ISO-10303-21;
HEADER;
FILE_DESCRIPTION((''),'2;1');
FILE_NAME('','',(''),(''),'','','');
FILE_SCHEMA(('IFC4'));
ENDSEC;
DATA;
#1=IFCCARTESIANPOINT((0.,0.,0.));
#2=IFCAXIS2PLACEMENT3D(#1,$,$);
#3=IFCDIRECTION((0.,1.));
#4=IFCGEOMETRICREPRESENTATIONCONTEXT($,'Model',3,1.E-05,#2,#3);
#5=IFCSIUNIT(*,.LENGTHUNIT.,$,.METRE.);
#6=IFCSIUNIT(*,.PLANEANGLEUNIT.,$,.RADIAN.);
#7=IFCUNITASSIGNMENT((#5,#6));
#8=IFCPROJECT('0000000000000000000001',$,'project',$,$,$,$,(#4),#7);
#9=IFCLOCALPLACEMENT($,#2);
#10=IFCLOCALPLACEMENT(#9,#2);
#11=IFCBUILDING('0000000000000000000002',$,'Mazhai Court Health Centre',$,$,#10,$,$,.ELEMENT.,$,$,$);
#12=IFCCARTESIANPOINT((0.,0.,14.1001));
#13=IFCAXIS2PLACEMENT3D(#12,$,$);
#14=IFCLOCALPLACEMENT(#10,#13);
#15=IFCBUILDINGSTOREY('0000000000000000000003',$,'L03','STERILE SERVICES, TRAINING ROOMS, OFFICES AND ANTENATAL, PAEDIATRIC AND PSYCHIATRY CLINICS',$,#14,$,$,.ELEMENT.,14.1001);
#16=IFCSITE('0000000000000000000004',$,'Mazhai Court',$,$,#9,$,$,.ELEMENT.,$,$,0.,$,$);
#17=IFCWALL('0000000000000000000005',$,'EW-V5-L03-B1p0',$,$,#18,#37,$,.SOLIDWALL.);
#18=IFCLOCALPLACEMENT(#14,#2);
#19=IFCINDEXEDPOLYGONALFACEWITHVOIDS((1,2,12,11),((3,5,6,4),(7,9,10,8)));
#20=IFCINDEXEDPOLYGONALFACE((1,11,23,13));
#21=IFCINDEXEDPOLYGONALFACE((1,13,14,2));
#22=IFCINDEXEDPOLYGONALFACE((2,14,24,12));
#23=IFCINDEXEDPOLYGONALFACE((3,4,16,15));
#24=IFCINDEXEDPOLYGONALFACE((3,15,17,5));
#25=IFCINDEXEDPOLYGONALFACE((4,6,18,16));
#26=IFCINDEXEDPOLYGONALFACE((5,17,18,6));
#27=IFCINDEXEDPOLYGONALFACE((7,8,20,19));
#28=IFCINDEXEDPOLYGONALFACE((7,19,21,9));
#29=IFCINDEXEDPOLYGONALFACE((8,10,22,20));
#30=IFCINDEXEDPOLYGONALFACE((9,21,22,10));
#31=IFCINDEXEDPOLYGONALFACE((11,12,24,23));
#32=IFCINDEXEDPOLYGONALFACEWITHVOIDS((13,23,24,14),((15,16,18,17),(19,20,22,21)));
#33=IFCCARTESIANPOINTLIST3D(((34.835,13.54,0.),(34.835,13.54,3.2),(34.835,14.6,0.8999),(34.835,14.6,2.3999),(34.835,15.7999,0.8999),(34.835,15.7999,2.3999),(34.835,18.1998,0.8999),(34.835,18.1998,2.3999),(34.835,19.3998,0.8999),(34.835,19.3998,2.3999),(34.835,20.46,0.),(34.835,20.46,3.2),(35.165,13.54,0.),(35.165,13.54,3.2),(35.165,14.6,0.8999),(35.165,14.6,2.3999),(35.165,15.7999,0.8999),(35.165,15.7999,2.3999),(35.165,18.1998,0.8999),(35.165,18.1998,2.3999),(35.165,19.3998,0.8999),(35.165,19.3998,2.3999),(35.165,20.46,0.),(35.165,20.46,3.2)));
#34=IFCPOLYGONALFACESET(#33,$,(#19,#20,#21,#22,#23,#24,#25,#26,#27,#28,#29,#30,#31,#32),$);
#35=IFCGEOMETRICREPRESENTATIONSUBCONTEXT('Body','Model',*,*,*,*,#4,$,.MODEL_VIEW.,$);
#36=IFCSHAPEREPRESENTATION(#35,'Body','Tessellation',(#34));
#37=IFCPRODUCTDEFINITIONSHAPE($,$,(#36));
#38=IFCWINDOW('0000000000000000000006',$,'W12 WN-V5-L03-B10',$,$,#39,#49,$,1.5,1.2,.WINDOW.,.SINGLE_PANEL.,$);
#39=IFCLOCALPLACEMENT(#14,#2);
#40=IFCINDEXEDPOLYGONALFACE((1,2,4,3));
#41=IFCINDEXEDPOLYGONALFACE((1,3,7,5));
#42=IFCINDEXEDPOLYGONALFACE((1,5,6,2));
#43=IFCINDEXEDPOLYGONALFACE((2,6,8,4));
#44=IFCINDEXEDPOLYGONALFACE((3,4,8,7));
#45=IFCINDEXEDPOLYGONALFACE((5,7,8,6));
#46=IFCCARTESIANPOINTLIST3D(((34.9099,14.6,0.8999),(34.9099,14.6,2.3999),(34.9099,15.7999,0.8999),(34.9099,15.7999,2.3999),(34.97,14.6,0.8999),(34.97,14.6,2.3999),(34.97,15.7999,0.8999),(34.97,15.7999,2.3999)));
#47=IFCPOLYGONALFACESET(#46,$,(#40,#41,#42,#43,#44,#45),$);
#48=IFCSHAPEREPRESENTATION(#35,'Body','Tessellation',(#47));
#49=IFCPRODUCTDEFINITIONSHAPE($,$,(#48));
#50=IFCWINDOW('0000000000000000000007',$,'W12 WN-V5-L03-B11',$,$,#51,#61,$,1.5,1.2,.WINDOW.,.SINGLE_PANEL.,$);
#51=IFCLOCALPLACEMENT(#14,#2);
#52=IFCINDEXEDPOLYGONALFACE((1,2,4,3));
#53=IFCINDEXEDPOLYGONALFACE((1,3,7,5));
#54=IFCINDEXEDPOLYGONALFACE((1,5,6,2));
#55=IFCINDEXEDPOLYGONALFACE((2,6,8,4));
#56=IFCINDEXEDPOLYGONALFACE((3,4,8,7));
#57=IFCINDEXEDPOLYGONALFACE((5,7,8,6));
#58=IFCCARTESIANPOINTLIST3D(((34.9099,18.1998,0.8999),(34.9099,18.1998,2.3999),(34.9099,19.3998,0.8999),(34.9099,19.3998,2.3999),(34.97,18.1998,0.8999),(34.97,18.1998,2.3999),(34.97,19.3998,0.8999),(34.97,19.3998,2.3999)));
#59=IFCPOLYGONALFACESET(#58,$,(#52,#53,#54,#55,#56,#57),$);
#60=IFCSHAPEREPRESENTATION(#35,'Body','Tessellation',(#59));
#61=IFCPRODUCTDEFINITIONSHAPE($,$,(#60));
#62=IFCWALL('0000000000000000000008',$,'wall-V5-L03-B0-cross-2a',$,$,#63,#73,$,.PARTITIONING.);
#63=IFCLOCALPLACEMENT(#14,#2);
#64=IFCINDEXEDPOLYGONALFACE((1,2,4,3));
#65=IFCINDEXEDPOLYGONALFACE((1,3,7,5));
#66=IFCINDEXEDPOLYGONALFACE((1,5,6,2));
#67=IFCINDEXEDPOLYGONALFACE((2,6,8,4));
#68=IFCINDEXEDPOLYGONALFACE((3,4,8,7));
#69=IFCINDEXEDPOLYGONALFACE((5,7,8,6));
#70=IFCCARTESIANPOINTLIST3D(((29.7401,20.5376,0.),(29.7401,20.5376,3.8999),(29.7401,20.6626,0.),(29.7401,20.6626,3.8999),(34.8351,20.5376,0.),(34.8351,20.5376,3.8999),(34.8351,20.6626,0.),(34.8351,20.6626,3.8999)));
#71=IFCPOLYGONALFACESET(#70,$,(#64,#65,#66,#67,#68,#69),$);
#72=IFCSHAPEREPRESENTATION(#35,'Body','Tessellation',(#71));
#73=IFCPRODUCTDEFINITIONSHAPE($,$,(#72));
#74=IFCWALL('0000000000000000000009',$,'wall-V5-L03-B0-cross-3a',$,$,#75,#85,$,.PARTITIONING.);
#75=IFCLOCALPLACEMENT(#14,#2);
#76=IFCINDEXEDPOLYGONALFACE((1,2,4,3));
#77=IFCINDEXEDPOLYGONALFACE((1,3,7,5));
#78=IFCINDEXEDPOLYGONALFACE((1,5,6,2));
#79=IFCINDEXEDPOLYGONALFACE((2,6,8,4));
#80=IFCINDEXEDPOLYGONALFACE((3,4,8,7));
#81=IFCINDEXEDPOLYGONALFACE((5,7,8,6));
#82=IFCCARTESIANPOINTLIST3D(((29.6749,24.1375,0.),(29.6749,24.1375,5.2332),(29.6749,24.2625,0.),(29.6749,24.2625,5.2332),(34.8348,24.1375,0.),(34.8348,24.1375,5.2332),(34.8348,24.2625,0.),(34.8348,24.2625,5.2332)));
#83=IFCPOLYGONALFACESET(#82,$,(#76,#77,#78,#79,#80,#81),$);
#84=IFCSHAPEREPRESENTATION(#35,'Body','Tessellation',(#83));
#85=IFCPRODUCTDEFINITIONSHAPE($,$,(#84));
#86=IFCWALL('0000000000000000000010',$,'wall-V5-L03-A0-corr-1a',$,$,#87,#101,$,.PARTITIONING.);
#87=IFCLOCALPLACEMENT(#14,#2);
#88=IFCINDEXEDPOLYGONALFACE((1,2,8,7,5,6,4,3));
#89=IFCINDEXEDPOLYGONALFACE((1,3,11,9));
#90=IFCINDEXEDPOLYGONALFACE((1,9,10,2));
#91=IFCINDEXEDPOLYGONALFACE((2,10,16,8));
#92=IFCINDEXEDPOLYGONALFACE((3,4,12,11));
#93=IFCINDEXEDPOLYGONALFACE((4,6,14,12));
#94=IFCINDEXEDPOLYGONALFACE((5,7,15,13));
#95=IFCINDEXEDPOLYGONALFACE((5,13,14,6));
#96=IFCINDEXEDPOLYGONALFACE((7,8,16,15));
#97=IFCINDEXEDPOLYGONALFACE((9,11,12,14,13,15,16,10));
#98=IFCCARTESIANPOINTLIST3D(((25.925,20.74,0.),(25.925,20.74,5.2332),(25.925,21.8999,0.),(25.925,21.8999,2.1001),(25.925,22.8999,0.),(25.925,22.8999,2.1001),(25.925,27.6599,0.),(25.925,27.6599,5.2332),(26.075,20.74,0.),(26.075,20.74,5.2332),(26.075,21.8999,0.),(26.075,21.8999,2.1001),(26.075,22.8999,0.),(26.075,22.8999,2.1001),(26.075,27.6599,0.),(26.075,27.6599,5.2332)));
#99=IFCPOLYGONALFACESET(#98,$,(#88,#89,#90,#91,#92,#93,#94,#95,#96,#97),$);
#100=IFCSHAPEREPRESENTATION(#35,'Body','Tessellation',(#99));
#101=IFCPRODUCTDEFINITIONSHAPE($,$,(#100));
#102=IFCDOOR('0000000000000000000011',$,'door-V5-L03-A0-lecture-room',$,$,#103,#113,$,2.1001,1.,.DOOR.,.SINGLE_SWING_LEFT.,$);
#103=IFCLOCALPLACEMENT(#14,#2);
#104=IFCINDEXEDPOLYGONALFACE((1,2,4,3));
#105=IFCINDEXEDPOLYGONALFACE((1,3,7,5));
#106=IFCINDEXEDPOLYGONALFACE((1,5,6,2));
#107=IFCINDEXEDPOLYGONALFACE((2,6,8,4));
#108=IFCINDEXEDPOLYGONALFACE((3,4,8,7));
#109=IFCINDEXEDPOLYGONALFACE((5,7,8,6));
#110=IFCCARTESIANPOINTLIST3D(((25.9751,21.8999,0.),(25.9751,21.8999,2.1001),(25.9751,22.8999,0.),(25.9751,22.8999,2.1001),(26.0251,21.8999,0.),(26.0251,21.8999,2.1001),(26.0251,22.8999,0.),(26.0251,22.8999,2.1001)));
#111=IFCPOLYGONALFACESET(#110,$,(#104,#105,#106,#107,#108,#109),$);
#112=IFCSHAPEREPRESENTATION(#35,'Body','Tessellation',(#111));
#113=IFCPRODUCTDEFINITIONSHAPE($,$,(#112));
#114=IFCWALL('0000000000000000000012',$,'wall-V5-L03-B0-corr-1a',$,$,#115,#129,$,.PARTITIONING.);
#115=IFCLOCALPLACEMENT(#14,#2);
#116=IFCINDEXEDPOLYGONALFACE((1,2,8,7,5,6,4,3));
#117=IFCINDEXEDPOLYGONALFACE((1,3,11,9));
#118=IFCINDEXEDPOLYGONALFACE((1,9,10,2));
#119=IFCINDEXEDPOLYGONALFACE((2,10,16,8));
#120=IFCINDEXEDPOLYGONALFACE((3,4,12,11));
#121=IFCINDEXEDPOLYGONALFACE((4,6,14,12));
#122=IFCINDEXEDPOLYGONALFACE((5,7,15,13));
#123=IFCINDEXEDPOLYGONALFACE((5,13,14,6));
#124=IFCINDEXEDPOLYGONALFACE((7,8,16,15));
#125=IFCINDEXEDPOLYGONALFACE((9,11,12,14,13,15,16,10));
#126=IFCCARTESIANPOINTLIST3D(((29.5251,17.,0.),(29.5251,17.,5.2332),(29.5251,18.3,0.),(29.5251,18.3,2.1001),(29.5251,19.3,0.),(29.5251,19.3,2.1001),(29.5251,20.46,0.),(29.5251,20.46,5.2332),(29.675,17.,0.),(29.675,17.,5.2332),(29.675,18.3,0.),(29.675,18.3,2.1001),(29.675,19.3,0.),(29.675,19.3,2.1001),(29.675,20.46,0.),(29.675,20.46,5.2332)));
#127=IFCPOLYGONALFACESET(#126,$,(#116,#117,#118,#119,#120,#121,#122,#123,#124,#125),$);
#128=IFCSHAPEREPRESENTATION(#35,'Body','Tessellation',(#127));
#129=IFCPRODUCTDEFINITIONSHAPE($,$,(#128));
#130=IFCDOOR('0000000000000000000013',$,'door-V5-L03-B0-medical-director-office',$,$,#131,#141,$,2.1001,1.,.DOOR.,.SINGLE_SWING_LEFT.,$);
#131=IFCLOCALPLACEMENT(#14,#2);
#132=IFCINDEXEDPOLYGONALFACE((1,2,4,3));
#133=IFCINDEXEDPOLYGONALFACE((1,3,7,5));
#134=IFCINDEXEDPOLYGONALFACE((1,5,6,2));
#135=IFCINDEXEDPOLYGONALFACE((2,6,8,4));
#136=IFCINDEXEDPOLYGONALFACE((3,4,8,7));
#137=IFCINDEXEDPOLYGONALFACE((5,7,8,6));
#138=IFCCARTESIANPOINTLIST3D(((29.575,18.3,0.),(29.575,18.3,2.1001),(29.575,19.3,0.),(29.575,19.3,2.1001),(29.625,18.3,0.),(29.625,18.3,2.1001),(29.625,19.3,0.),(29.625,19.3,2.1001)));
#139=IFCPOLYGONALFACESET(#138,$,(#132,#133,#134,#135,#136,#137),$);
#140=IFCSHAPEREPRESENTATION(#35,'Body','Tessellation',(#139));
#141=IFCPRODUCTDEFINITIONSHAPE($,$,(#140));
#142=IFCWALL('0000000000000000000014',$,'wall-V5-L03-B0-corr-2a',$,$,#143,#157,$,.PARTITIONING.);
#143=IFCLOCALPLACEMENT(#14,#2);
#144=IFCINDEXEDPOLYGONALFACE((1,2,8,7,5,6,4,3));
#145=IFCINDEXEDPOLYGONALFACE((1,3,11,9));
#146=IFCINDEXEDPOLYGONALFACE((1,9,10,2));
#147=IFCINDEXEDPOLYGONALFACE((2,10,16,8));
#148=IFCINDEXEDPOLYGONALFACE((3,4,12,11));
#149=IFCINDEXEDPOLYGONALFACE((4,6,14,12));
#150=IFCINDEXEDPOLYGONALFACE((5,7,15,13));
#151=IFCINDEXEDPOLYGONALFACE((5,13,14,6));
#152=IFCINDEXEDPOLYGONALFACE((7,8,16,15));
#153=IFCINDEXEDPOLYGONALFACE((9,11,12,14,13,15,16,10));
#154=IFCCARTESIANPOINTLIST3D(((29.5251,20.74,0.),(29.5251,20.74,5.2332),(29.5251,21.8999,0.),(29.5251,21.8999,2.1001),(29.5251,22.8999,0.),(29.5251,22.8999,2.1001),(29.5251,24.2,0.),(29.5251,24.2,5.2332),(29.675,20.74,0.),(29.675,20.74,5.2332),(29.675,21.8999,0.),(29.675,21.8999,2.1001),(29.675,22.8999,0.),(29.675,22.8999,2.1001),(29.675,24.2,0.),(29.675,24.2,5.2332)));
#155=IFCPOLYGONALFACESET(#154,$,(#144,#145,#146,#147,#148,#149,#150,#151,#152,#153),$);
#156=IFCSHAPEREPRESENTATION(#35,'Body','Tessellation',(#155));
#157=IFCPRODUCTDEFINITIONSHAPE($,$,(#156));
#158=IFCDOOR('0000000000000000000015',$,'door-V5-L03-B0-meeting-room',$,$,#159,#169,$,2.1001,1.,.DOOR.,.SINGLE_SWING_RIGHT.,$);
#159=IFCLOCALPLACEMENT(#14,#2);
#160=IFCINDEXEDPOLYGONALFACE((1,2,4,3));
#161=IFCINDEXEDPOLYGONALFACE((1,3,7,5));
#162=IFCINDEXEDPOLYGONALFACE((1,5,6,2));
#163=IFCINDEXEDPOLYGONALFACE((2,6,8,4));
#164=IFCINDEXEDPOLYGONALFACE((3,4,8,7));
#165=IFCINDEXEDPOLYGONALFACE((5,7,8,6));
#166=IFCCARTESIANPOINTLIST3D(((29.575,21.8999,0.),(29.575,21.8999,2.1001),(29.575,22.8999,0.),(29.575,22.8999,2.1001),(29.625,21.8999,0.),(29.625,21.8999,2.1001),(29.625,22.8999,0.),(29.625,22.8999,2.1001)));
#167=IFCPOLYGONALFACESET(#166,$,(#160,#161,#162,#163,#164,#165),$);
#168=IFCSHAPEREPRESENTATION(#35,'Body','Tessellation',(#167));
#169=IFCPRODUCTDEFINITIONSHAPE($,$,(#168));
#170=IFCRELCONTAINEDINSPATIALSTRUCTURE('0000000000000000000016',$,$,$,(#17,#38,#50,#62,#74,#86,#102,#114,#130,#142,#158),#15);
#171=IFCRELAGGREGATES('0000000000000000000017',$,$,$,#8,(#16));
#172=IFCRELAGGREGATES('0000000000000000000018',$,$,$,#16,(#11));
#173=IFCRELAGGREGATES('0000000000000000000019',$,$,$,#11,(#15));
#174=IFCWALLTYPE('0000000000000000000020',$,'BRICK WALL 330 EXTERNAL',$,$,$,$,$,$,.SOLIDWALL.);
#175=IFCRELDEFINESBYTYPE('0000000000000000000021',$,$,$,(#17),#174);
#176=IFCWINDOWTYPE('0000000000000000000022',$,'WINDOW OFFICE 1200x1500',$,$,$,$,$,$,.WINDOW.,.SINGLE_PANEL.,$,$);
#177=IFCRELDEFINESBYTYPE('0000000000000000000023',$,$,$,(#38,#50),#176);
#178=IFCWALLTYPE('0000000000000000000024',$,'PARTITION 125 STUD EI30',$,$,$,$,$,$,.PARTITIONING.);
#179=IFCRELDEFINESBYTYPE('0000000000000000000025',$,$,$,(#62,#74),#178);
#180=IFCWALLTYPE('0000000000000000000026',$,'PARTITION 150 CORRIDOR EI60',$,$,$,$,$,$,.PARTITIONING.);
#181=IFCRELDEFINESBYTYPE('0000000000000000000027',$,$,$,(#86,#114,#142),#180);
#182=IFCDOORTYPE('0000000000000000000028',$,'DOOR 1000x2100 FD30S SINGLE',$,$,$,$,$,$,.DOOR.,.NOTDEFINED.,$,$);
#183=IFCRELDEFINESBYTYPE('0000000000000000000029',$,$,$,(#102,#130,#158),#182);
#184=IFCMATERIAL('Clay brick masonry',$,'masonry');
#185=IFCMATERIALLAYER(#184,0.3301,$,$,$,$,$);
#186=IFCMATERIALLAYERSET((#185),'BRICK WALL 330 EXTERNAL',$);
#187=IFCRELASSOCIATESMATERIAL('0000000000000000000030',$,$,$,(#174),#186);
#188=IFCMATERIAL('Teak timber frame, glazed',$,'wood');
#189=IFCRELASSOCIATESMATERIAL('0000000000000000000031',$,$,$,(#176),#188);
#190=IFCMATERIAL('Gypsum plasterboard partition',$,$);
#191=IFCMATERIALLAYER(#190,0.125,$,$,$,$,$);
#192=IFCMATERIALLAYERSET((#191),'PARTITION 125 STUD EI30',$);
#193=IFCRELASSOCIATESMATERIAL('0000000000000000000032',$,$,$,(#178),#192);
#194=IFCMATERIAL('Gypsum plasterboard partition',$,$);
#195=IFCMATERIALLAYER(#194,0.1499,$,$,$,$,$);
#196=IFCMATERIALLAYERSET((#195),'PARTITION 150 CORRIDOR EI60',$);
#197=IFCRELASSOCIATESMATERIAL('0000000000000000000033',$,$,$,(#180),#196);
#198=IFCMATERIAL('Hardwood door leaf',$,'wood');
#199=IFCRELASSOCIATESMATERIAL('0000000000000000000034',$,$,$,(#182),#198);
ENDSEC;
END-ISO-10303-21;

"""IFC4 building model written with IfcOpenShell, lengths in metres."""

from ifc_helpers import new_model, si_unit, direction, frame, frame_2d, origin, place, context, subcontext, project, spatial, rectangle, extrude, material, layer, layer_set, type_object, element, fill, save


model = new_model("IFC4")

# Units and contexts
model_context = context("Model", 3, precision=1e-05, world=origin(), true_north=direction((0.0, 1.0)))
body_context = subcontext(model_context, "Body", "Model", "MODEL_VIEW")
ifc_project = project(units=[si_unit("LENGTHUNIT", "METRE"), si_unit("PLANEANGLEUNIT", "RADIAN")], contexts=[model_context])

# Site, building, storey
site_placement = place(None, origin())
site = spatial("IfcSite", under=ifc_project, at=site_placement, Name="Mazhai Court", CompositionType="ELEMENT", RefElevation=0.0)
building_placement = place(site_placement, origin())
building = spatial("IfcBuilding", under=site, at=building_placement, Name="Mazhai Court Health Centre", CompositionType="ELEMENT")
storey_placement = place(building_placement, frame((0.0, 0.0, 14.1001)))
storey = spatial("IfcBuildingStorey", under=building, at=storey_placement, Name="L03", Description="STERILE SERVICES, TRAINING ROOMS, OFFICES AND ANTENATAL, PAEDIATRIC AND PSYCHIATRY CLINICS", CompositionType="ELEMENT", Elevation=14.1001)

# Wall, openings, windows
ifc_material_1 = material(Name="Clay brick masonry", Category="masonry")
ifc_layer_1 = layer(ifc_material_1, 0.3301)
ifc_layer_set_1 = layer_set([ifc_layer_1], Name="BRICK WALL 330 EXTERNAL")
wall_type_1 = type_object("IfcWallType", Name="BRICK WALL 330 EXTERNAL", PredefinedType="SOLIDWALL", material=ifc_layer_set_1)
wall_1_placement = place(storey_placement, frame((35.0, 20.46, 0.0), z_axis=(0.0, 0.0, 1.0), x_axis=(0.0, -1.0, 0.0)))
wall_1 = element("IfcWall", 1, at=wall_1_placement, inside=storey, type_object=wall_type_1, Name="EW-V5-L03-B1p0", PredefinedType="SOLIDWALL", context=body_context, shape_type="SweptSolid", body=[
    extrude(rectangle(XDim=6.9199, YDim=0.3301, at=frame_2d((3.46, 0.0))), origin(), (0.0, 0.0, 1.0), 3.2),
])
opening_1_placement = place(wall_1_placement, frame((4.6599, 0.0, 0.8999)))
opening_1 = element("IfcOpeningElement", 2, at=opening_1_placement, cuts=wall_1, PredefinedType="OPENING", context=body_context, shape_type="SweptSolid", body=[
    extrude(rectangle(XDim=1.2, YDim=1.5, at=frame_2d((0.6001, 0.75))), frame((0.0, 0.175, 0.0), z_axis=(0.0, -1.0, 0.0), x_axis=(1.0, 0.0, 0.0)), (0.0, 0.0, 1.0), 0.3501),
])
opening_2_placement = place(wall_1_placement, frame((1.0601, 0.0, 0.8999)))
opening_2 = element("IfcOpeningElement", 3, at=opening_2_placement, cuts=wall_1, PredefinedType="OPENING", context=body_context, shape_type="SweptSolid", body=[
    extrude(rectangle(XDim=1.2, YDim=1.5, at=frame_2d((0.6001, 0.75))), frame((0.0, 0.175, 0.0), z_axis=(0.0, -1.0, 0.0), x_axis=(1.0, 0.0, 0.0)), (0.0, 0.0, 1.0), 0.3501),
])
ifc_material_2 = material(Name="Teak timber frame, glazed", Category="wood")
window_type = type_object("IfcWindowType", Name="WINDOW OFFICE 1200x1500", PartitioningType="SINGLE_PANEL", PredefinedType="WINDOW", material=ifc_material_2)
window_1_placement = place(opening_1_placement, origin())
window_1 = element("IfcWindow", 4, at=window_1_placement, inside=storey, type_object=window_type, Name="W12 WN-V5-L03-B10", OverallHeight=1.5, OverallWidth=1.2, PartitioningType="SINGLE_PANEL", PredefinedType="WINDOW", context=body_context, shape_type="SweptSolid", body=[
    extrude(rectangle(XDim=1.2, YDim=1.5, at=frame_2d((0.6001, 0.75))), frame((0.0, -0.03, 0.0), z_axis=(0.0, -1.0, 0.0), x_axis=(1.0, 0.0, 0.0)), (0.0, 0.0, 1.0), 0.0601),
])
fill(opening_1, window_1)
window_2_placement = place(opening_2_placement, origin())
window_2 = element("IfcWindow", 5, at=window_2_placement, inside=storey, type_object=window_type, Name="W12 WN-V5-L03-B11", OverallHeight=1.5, OverallWidth=1.2, PartitioningType="SINGLE_PANEL", PredefinedType="WINDOW", context=body_context, shape_type="SweptSolid", body=[
    extrude(rectangle(XDim=1.2, YDim=1.5, at=frame_2d((0.6001, 0.75))), frame((0.0, -0.03, 0.0), z_axis=(0.0, -1.0, 0.0), x_axis=(1.0, 0.0, 0.0)), (0.0, 0.0, 1.0), 0.0601),
])
fill(opening_2, window_2)

# Walls
ifc_material_3 = material(Name="Gypsum plasterboard partition")
ifc_layer_2 = layer(ifc_material_3, 0.125)
ifc_layer_set_2 = layer_set([ifc_layer_2], Name="PARTITION 125 STUD EI30")
wall_type_2 = type_object("IfcWallType", Name="PARTITION 125 STUD EI30", PredefinedType="PARTITIONING", material=ifc_layer_set_2)
wall_2_placement = place(storey_placement, frame((34.835, 20.6001, 0.0), z_axis=(0.0, 0.0, 1.0), x_axis=(-1.0, 0.0, 0.0)))
element("IfcWall", 6, at=wall_2_placement, inside=storey, type_object=wall_type_2, Name="wall-V5-L03-B0-cross-2a", PredefinedType="PARTITIONING", context=body_context, shape_type="SweptSolid", body=[
    extrude(rectangle(XDim=5.095, YDim=0.125, at=frame_2d((2.5474, 0.0))), origin(), (0.0, 0.0, 1.0), 3.8999),
])
wall_3_placement = place(storey_placement, frame((34.835, 24.2, 0.0), z_axis=(0.0, 0.0, 1.0), x_axis=(-1.0, 0.0, 0.0)))
element("IfcWall", 7, at=wall_3_placement, inside=storey, type_object=wall_type_2, Name="wall-V5-L03-B0-cross-3a", PredefinedType="PARTITIONING", context=body_context, shape_type="SweptSolid", body=[
    extrude(rectangle(XDim=5.1599, YDim=0.125, at=frame_2d((2.5801, 0.0))), origin(), (0.0, 0.0, 1.0), 5.2332),
])

# Walls, openings, doors
ifc_material_4 = material(Name="Gypsum plasterboard partition")
ifc_layer_3 = layer(ifc_material_4, 0.1499)
ifc_layer_set_3 = layer_set([ifc_layer_3], Name="PARTITION 150 CORRIDOR EI60")
wall_type_3 = type_object("IfcWallType", Name="PARTITION 150 CORRIDOR EI60", PredefinedType="PARTITIONING", material=ifc_layer_set_3)
wall_4_placement = place(storey_placement, frame((26.0, 20.74, 0.0), z_axis=(0.0, 0.0, 1.0), x_axis=(0.0, 1.0, 0.0)))
wall_4 = element("IfcWall", 8, at=wall_4_placement, inside=storey, type_object=wall_type_3, Name="wall-V5-L03-A0-corr-1a", PredefinedType="PARTITIONING", context=body_context, shape_type="SweptSolid", body=[
    extrude(rectangle(XDim=6.9199, YDim=0.1499, at=frame_2d((3.46, 0.0))), origin(), (0.0, 0.0, 1.0), 5.2332),
])
opening_3_placement = place(wall_4_placement, frame((1.1599, 0.0, 0.0)))
opening_3 = element("IfcOpeningElement", 9, at=opening_3_placement, cuts=wall_4, PredefinedType="OPENING", context=body_context, shape_type="SweptSolid", body=[
    extrude(rectangle(XDim=1.0, YDim=2.1001, at=frame_2d((0.5, 1.05))), frame((0.0, 0.085, 0.0), z_axis=(0.0, -1.0, 0.0), x_axis=(1.0, 0.0, 0.0)), (0.0, 0.0, 1.0), 0.1699),
])
ifc_material_5 = material(Name="Hardwood door leaf", Category="wood")
door_type = type_object("IfcDoorType", Name="DOOR 1000x2100 FD30S SINGLE", OperationType="NOTDEFINED", PredefinedType="DOOR", material=ifc_material_5)
door_1_placement = place(opening_3_placement, origin())
door_1 = element("IfcDoor", 10, at=door_1_placement, inside=storey, type_object=door_type, Name="door-V5-L03-A0-lecture-room", OperationType="SINGLE_SWING_LEFT", OverallHeight=2.1001, OverallWidth=1.0, PredefinedType="DOOR", context=body_context, shape_type="SweptSolid", body=[
    extrude(rectangle(XDim=1.0, YDim=2.1001, at=frame_2d((0.5, 1.05))), frame((0.0, 0.0249, 0.0), z_axis=(0.0, -1.0, 0.0), x_axis=(1.0, 0.0, 0.0)), (0.0, 0.0, 1.0), 0.05),
])
fill(opening_3, door_1)
wall_5_placement = place(storey_placement, frame((29.6001, 20.46, 0.0), z_axis=(0.0, 0.0, 1.0), x_axis=(0.0, -1.0, 0.0)))
wall_5 = element("IfcWall", 11, at=wall_5_placement, inside=storey, type_object=wall_type_3, Name="wall-V5-L03-B0-corr-1a", PredefinedType="PARTITIONING", context=body_context, shape_type="SweptSolid", body=[
    extrude(rectangle(XDim=3.46, YDim=0.1499, at=frame_2d((1.73, 0.0))), origin(), (0.0, 0.0, 1.0), 5.2332),
])
opening_4_placement = place(wall_5_placement, frame((1.1599, 0.0, 0.0)))
opening_4 = element("IfcOpeningElement", 12, at=opening_4_placement, cuts=wall_5, PredefinedType="OPENING", context=body_context, shape_type="SweptSolid", body=[
    extrude(rectangle(XDim=1.0, YDim=2.1001, at=frame_2d((0.5, 1.05))), frame((0.0, 0.085, 0.0), z_axis=(0.0, -1.0, 0.0), x_axis=(1.0, 0.0, 0.0)), (0.0, 0.0, 1.0), 0.1699),
])
door_2_placement = place(opening_4_placement, origin())
door_2 = element("IfcDoor", 13, at=door_2_placement, inside=storey, type_object=door_type, Name="door-V5-L03-B0-medical-director-office", OperationType="SINGLE_SWING_LEFT", OverallHeight=2.1001, OverallWidth=1.0, PredefinedType="DOOR", context=body_context, shape_type="SweptSolid", body=[
    extrude(rectangle(XDim=1.0, YDim=2.1001, at=frame_2d((0.5, 1.05))), frame((0.0, 0.0249, 0.0), z_axis=(0.0, -1.0, 0.0), x_axis=(1.0, 0.0, 0.0)), (0.0, 0.0, 1.0), 0.05),
])
fill(opening_4, door_2)
wall_6_placement = place(storey_placement, frame((29.6001, 24.2, 0.0), z_axis=(0.0, 0.0, 1.0), x_axis=(0.0, -1.0, 0.0)))
wall_6 = element("IfcWall", 14, at=wall_6_placement, inside=storey, type_object=wall_type_3, Name="wall-V5-L03-B0-corr-2a", PredefinedType="PARTITIONING", context=body_context, shape_type="SweptSolid", body=[
    extrude(rectangle(XDim=3.46, YDim=0.1499, at=frame_2d((1.73, 0.0))), origin(), (0.0, 0.0, 1.0), 5.2332),
])
opening_5_placement = place(wall_6_placement, frame((1.3, 0.0, 0.0)))
opening_5 = element("IfcOpeningElement", 15, at=opening_5_placement, cuts=wall_6, PredefinedType="OPENING", context=body_context, shape_type="SweptSolid", body=[
    extrude(rectangle(XDim=1.0, YDim=2.1001, at=frame_2d((0.5, 1.05))), frame((0.0, 0.085, 0.0), z_axis=(0.0, -1.0, 0.0), x_axis=(1.0, 0.0, 0.0)), (0.0, 0.0, 1.0), 0.1699),
])
door_3_placement = place(opening_5_placement, origin())
door_3 = element("IfcDoor", 16, at=door_3_placement, inside=storey, type_object=door_type, Name="door-V5-L03-B0-meeting-room", OperationType="SINGLE_SWING_RIGHT", OverallHeight=2.1001, OverallWidth=1.0, PredefinedType="DOOR", context=body_context, shape_type="SweptSolid", body=[
    extrude(rectangle(XDim=1.0, YDim=2.1001, at=frame_2d((0.5, 1.05))), frame((0.0, 0.0249, 0.0), z_axis=(0.0, -1.0, 0.0), x_axis=(1.0, 0.0, 0.0)), (0.0, 0.0, 1.0), 0.05),
])
fill(opening_5, door_3)

save(model, "model.ifc")
